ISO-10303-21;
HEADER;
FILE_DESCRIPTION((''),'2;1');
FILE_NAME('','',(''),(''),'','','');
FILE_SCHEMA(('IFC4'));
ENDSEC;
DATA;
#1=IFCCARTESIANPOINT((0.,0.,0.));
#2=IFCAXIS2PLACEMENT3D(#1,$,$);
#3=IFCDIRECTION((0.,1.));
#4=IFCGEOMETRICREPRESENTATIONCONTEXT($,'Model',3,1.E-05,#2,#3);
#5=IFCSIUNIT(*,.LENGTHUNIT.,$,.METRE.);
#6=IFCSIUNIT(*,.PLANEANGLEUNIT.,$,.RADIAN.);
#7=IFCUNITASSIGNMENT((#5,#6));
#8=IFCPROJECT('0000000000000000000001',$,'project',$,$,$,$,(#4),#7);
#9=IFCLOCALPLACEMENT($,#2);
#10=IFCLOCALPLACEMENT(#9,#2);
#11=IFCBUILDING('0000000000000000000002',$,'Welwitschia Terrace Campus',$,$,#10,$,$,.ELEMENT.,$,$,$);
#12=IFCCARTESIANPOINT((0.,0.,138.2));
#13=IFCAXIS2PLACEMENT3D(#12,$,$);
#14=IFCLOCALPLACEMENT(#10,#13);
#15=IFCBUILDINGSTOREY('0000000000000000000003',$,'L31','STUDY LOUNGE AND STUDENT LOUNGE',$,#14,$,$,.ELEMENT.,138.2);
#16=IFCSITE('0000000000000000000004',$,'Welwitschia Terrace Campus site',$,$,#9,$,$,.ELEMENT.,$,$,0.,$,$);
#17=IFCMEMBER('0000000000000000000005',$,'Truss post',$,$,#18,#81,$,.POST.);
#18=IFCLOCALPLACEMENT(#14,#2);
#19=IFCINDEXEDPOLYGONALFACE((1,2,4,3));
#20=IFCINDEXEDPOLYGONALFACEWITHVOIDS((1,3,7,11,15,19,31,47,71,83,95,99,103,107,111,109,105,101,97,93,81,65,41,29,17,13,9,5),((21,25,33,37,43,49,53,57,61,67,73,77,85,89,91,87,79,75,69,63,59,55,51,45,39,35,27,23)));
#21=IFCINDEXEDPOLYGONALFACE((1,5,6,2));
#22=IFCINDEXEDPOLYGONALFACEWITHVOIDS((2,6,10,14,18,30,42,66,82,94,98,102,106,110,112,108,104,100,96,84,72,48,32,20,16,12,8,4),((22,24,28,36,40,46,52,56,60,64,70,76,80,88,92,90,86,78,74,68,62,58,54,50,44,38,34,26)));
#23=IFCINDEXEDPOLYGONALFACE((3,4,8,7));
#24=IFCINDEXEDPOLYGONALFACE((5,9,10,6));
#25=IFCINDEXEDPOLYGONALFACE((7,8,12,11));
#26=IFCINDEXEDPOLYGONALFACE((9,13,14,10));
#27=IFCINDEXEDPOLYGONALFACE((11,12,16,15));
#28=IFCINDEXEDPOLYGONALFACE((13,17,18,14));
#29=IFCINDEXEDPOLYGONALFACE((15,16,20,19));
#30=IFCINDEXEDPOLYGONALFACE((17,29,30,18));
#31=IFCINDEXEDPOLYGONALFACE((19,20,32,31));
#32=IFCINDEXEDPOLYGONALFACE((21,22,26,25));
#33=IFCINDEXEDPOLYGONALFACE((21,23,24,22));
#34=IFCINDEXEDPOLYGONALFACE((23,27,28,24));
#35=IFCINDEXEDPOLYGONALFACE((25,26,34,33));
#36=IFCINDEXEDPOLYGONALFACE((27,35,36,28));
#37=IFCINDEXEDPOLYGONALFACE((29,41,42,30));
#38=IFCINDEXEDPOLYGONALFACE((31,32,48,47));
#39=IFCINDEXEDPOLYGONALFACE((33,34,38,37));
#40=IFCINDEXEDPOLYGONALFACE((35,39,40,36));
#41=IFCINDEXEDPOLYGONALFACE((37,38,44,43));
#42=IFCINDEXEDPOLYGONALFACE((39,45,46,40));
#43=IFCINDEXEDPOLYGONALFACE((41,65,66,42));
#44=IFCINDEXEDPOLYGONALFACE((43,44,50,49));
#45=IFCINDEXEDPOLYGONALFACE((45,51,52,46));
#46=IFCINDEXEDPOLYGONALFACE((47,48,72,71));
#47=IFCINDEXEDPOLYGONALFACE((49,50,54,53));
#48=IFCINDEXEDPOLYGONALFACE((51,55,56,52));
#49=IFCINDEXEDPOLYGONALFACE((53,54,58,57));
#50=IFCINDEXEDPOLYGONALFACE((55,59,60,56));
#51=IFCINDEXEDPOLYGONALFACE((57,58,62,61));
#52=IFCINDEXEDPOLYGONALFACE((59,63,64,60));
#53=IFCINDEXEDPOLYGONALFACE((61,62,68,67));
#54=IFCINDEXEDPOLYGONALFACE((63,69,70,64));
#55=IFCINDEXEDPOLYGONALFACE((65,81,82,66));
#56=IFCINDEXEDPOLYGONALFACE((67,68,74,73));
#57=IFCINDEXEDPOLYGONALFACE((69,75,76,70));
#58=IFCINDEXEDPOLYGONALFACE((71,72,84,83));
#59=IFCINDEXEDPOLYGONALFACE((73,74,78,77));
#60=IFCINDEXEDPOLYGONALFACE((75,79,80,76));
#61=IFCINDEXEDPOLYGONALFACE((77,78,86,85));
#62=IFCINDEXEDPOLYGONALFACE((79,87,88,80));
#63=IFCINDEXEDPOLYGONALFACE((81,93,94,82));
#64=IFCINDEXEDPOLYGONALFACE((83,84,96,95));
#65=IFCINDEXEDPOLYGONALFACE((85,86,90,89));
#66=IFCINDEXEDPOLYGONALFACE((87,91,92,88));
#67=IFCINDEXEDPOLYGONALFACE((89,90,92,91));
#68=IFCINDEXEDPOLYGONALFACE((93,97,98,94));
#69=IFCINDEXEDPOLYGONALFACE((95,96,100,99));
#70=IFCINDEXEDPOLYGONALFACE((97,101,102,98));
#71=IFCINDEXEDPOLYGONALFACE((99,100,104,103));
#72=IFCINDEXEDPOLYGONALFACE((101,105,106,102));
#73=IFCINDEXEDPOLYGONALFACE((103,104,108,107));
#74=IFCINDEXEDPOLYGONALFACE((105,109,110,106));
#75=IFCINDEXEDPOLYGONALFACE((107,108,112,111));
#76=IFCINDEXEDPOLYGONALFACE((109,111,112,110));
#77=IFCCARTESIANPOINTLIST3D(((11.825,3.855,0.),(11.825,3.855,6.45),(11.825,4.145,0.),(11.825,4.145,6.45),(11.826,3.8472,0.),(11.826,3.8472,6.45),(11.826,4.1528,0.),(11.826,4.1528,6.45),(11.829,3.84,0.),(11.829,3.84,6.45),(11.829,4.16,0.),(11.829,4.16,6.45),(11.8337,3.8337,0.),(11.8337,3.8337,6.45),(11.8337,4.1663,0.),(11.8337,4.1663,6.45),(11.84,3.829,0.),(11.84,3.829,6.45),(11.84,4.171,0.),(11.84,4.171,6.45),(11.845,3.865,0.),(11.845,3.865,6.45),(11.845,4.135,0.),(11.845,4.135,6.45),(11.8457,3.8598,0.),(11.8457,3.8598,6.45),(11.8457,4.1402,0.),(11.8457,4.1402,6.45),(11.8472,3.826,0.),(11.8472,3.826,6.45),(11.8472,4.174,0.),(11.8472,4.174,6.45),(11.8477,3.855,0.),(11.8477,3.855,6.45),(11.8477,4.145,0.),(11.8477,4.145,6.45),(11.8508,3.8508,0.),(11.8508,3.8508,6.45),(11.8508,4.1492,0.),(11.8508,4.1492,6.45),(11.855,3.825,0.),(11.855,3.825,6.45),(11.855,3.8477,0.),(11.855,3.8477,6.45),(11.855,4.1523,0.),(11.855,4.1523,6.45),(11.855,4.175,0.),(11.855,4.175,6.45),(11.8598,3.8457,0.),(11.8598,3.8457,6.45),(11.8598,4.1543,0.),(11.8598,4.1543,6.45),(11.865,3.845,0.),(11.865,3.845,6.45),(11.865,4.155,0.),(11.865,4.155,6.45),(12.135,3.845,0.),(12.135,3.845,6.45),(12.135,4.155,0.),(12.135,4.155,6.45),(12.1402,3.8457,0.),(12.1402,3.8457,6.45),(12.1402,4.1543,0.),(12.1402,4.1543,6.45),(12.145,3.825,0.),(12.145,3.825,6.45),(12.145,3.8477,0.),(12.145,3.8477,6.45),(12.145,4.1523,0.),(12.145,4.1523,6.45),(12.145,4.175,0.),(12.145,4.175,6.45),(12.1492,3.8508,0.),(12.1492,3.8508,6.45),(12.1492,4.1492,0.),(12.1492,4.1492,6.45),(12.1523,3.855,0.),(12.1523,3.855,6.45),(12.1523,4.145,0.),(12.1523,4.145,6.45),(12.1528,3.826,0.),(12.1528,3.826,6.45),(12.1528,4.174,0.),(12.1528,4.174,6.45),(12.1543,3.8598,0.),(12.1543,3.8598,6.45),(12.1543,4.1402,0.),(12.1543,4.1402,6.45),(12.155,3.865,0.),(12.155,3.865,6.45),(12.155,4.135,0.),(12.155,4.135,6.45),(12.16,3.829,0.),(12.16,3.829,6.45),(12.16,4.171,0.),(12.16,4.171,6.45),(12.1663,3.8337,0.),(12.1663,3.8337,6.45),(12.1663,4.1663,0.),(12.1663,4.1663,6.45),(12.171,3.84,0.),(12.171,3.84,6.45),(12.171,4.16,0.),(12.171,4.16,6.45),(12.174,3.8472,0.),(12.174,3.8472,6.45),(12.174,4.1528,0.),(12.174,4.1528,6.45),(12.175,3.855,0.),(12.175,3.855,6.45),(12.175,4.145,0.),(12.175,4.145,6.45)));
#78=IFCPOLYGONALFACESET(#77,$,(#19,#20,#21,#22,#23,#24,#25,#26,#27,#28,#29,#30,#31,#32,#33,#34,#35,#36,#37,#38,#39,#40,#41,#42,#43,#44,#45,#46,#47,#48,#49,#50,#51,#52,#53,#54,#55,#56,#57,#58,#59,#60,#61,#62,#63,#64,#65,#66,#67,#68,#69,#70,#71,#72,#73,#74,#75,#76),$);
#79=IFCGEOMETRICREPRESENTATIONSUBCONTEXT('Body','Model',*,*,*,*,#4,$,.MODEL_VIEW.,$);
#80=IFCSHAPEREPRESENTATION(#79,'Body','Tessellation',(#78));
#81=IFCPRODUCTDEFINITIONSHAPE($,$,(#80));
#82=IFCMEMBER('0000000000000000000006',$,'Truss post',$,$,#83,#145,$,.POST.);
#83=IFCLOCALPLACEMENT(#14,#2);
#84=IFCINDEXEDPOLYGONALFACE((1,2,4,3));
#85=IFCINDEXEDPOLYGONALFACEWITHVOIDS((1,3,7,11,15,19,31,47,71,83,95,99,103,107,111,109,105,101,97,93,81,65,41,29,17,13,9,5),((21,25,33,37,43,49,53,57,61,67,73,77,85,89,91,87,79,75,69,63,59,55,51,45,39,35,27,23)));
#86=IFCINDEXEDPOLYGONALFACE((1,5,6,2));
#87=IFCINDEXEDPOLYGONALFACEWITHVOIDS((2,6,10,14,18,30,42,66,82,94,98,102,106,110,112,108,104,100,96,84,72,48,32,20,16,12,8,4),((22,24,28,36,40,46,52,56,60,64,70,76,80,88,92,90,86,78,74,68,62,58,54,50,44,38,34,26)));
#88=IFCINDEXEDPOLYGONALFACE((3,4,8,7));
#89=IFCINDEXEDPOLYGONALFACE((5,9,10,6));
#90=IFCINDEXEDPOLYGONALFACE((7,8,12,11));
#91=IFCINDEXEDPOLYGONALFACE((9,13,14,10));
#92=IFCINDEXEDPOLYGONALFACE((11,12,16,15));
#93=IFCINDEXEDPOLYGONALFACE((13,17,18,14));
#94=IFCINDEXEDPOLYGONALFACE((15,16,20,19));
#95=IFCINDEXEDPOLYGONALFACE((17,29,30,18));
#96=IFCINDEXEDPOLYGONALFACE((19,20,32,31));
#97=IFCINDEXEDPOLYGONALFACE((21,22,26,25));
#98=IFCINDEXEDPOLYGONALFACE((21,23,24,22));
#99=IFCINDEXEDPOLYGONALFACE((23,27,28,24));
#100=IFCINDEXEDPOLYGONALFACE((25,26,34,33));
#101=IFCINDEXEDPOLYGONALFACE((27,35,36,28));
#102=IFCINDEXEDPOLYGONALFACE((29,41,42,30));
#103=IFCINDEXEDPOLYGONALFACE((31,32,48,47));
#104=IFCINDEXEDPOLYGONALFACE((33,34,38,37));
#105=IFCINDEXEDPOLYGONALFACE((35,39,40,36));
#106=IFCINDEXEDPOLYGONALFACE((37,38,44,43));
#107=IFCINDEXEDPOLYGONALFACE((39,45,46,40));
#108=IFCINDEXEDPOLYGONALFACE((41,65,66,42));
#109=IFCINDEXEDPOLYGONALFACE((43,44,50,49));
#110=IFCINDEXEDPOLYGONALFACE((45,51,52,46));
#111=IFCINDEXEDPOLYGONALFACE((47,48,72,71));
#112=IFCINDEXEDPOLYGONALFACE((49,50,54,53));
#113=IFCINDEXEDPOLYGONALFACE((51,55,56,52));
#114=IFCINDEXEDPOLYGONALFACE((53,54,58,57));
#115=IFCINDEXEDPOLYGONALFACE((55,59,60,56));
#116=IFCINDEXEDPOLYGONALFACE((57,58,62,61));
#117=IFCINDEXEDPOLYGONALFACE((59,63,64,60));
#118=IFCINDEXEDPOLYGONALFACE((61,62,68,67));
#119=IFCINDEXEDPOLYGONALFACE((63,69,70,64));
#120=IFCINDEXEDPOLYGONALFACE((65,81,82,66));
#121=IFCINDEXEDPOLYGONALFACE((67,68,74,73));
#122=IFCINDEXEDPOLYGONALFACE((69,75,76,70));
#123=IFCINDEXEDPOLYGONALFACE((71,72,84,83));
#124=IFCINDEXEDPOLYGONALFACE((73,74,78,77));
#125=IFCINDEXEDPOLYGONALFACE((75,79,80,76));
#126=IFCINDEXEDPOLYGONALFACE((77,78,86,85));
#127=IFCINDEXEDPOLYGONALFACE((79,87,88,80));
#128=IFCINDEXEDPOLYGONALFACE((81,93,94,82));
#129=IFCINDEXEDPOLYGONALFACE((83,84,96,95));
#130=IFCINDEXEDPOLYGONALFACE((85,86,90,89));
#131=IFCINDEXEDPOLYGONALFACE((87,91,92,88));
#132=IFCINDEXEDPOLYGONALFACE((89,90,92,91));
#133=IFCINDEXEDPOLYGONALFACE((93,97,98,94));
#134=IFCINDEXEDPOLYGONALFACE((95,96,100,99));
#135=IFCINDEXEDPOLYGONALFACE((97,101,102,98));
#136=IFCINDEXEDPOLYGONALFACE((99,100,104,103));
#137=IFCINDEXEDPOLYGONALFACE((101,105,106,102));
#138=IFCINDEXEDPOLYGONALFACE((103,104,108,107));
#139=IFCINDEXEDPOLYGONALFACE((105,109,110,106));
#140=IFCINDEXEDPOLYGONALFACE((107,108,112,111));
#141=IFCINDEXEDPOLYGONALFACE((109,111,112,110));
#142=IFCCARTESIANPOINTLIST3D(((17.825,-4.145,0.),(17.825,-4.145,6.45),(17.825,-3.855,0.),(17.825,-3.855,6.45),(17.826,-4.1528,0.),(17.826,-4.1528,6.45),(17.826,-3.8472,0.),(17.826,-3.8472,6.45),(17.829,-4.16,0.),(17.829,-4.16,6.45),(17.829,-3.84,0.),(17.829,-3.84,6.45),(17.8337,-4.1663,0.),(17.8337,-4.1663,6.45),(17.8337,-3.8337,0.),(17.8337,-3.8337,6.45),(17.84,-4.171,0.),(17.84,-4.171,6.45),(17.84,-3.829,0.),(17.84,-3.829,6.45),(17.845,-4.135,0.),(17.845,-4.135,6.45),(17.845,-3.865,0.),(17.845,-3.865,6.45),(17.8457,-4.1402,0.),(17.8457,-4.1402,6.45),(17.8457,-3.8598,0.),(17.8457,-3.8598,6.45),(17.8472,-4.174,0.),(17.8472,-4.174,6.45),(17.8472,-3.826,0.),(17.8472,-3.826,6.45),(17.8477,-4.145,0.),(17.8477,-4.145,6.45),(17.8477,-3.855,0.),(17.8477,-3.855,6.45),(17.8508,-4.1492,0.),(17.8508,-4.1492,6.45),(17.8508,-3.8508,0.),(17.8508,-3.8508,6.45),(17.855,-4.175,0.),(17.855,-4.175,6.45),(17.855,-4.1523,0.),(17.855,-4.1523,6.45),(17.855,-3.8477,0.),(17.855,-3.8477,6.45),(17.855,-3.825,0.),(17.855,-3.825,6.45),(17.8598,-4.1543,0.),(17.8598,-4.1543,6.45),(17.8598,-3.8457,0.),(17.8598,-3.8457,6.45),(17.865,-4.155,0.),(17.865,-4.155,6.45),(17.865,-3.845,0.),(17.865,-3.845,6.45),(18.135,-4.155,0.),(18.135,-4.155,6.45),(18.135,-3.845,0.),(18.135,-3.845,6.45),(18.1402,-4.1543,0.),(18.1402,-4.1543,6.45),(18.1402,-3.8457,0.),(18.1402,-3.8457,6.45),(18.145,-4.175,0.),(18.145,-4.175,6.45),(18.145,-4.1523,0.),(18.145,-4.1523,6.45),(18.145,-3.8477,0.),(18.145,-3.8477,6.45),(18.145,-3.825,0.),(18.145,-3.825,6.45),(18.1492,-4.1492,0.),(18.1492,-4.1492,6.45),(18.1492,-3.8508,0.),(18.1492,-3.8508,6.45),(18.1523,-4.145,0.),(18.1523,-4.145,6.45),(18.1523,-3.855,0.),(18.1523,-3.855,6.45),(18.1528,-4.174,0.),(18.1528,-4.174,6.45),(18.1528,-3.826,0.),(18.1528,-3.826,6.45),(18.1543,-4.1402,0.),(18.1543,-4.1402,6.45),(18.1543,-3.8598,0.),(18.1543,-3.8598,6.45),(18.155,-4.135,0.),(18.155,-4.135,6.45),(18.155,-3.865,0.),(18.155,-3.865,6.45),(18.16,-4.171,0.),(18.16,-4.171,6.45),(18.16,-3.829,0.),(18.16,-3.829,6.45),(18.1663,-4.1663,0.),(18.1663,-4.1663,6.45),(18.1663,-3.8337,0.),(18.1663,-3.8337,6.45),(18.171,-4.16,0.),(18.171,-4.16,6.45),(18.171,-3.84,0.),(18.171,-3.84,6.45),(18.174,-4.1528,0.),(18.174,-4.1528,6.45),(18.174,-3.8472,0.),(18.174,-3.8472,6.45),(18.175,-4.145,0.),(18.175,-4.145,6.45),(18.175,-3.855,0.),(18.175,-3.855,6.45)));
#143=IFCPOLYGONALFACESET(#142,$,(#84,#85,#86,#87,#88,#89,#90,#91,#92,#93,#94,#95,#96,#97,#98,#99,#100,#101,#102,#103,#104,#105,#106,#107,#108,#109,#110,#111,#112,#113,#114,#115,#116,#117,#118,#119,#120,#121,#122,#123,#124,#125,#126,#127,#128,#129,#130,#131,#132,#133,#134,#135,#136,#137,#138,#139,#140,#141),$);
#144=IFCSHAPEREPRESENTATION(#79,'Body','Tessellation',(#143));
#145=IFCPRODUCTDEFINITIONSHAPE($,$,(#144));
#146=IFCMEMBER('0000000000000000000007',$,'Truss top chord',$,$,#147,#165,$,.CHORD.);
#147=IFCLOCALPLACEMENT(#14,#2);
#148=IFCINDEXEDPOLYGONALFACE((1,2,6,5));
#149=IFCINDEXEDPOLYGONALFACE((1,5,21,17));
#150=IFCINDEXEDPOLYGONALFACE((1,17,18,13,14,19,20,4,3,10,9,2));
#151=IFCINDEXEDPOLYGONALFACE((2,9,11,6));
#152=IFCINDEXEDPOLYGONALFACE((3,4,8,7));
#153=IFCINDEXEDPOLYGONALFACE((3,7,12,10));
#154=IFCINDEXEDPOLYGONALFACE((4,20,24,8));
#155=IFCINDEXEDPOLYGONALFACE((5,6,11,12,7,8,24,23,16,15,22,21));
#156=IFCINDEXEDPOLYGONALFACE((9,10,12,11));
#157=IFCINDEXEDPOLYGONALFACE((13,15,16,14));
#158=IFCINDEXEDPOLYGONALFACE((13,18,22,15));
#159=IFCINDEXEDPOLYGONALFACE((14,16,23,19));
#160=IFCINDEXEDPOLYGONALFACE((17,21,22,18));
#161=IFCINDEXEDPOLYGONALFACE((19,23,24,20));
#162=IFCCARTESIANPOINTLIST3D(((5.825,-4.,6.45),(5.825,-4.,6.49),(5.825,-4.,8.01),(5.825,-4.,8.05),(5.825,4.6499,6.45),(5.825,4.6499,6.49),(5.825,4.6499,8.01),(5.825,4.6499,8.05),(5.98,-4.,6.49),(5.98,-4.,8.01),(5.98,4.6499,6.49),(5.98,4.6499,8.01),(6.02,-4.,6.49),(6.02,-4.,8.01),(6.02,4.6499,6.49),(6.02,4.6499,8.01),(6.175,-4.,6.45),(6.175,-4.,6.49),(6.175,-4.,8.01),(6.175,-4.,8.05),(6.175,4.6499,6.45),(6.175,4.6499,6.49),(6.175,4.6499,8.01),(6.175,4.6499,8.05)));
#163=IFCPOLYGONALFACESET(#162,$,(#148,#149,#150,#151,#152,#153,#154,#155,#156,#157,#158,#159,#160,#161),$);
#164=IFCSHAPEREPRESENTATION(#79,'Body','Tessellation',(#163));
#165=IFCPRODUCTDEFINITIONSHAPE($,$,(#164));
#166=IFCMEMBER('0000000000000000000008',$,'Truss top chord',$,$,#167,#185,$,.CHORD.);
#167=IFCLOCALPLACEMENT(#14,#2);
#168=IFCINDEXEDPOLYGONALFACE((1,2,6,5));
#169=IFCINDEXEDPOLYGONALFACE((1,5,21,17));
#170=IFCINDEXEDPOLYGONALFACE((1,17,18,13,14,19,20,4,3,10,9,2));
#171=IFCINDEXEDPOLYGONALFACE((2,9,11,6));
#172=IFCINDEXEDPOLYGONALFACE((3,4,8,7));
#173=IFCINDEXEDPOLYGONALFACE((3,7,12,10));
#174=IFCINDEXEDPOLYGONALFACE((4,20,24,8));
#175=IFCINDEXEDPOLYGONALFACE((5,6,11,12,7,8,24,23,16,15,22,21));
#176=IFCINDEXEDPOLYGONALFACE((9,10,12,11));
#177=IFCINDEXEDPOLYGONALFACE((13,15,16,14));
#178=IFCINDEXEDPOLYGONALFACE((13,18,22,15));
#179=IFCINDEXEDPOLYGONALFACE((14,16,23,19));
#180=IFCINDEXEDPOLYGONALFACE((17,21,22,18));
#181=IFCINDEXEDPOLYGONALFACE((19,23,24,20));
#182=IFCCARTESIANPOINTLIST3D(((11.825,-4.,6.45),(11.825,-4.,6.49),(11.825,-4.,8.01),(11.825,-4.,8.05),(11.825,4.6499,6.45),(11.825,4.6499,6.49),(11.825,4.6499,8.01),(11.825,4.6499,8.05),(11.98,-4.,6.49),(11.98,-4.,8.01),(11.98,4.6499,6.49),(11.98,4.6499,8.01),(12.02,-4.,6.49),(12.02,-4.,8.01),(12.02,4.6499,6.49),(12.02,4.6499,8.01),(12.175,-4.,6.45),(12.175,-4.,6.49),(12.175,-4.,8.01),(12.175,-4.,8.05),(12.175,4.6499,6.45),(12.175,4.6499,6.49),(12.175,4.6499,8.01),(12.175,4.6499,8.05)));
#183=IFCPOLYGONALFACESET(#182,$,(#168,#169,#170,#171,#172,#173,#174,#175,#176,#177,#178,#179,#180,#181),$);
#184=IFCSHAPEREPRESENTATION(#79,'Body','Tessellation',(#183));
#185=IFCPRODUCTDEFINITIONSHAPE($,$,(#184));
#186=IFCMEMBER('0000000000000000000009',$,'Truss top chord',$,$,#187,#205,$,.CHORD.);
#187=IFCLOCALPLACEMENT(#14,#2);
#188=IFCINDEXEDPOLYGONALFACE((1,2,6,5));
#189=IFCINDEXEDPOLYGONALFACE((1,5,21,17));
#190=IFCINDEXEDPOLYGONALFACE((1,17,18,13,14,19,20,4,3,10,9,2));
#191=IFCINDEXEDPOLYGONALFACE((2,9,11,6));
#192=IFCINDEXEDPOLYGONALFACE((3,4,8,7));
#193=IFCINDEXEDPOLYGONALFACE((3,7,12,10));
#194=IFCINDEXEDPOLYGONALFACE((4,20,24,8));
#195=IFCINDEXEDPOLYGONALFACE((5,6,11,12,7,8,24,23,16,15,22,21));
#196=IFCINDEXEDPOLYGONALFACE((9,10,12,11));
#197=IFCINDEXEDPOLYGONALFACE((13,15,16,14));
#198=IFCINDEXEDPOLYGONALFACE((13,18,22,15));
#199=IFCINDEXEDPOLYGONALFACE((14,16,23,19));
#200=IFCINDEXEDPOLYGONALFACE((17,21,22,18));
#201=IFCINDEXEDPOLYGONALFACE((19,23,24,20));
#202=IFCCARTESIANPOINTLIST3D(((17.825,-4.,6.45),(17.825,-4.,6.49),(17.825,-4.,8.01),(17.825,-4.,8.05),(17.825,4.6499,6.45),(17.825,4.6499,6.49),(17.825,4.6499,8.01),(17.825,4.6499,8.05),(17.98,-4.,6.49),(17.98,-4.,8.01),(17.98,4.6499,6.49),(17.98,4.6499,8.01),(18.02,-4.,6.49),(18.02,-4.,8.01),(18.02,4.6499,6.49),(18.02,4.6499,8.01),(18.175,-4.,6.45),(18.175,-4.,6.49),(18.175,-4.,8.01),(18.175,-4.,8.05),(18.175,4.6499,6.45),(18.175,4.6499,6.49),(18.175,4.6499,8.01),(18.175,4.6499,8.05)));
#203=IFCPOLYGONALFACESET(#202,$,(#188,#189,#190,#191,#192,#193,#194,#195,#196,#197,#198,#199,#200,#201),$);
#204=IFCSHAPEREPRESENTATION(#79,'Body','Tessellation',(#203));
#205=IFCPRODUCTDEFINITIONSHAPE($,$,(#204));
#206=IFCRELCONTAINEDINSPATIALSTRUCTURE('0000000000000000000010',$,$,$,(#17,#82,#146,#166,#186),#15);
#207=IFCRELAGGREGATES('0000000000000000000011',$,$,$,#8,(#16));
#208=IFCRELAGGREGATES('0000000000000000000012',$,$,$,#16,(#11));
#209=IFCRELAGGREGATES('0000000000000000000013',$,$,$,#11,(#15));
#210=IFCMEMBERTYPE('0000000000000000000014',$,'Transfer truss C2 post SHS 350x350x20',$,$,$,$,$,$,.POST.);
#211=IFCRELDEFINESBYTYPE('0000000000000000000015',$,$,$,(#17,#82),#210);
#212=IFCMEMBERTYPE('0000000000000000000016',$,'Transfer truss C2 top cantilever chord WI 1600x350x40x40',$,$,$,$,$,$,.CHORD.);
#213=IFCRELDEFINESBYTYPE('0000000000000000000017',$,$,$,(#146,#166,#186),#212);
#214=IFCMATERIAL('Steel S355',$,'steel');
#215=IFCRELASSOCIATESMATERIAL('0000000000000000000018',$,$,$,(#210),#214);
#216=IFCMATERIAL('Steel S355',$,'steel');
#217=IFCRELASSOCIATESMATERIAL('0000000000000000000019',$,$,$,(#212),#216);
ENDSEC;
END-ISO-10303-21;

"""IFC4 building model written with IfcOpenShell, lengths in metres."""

from ifc_helpers import new_model, si_unit, direction, frame, origin, origin_2d, place, context, subcontext, project, spatial, hollow_rectangle, i_section, extrude, material, material_profile, profile_set, type_object, element, save


model = new_model("IFC4")

# Units and contexts
model_context = context("Model", 3, precision=1e-05, world=origin(), true_north=direction((0.0, 1.0)))
body_context = subcontext(model_context, "Body", "Model", "MODEL_VIEW")
ifc_project = project(units=[si_unit("LENGTHUNIT", "METRE"), si_unit("PLANEANGLEUNIT", "RADIAN")], contexts=[model_context])

# Site, building, storey
site_placement = place(None, origin())
site = spatial("IfcSite", under=ifc_project, at=site_placement, Name="Welwitschia Terrace Campus site", CompositionType="ELEMENT", RefElevation=0.0)
building_placement = place(site_placement, origin())
building = spatial("IfcBuilding", under=site, at=building_placement, Name="Welwitschia Terrace Campus", CompositionType="ELEMENT")
storey_placement = place(building_placement, frame((0.0, 0.0, 138.2)))
storey = spatial("IfcBuildingStorey", under=building, at=storey_placement, Name="L31", Description="STUDY LOUNGE AND STUDENT LOUNGE", CompositionType="ELEMENT", Elevation=138.2)

# Members
ifc_material_1 = material(Name="Steel S355", Category="steel")
ifc_material_profile_1 = material_profile(ifc_material_1, hollow_rectangle(XDim=0.3501, YDim=0.3501, WallThickness=0.02, InnerFilletRadius=0.02, OuterFilletRadius=0.03, at=origin_2d()))
ifc_profile_set_1 = profile_set([ifc_material_profile_1], Name="Steel S355")
member_type_1 = type_object("IfcMemberType", Name="Transfer truss C2 post SHS 350x350x20", PredefinedType="POST", material=ifc_profile_set_1)
for number, where, z_axis, x_axis, name in (
    (1, (12.0, 4.0, 0.0), (0.0, 0.0, 1.0), (1.0, 0.0, 0.0), "Truss post"),
    (2, (18.0, -4.0, 0.0), (0.0, 0.0, 1.0), (1.0, 0.0, 0.0), "Truss post"),
):
    element("IfcMember", number, at=place(storey_placement, frame(where, z_axis=z_axis, x_axis=x_axis)), inside=storey, type_object=member_type_1, Name=name, PredefinedType="POST", context=body_context, shape_type="SweptSolid", body=[
        extrude(hollow_rectangle(XDim=0.3501, YDim=0.3501, WallThickness=0.02, InnerFilletRadius=0.02, OuterFilletRadius=0.03, at=origin_2d()), origin(), (0.0, 0.0, 1.0), 6.45),
    ])
ifc_material_2 = material(Name="Steel S355", Category="steel")
ifc_material_profile_2 = material_profile(ifc_material_2, i_section(OverallWidth=0.3501, OverallDepth=1.6001, WebThickness=0.04, FlangeThickness=0.04, at=origin_2d()))
ifc_profile_set_2 = profile_set([ifc_material_profile_2], Name="Steel S355")
member_type_2 = type_object("IfcMemberType", Name="Transfer truss C2 top cantilever chord WI 1600x350x40x40", PredefinedType="CHORD", material=ifc_profile_set_2)
for number, where, z_axis, x_axis, name in (
    (3, (6.0, -4.0, 7.25), (0.0, 1.0, 0.0), (-1.0, 0.0, 0.0), "Truss top chord"),
    (4, (12.0, -4.0, 7.25), (0.0, 1.0, 0.0), (-1.0, 0.0, 0.0), "Truss top chord"),
    (5, (18.0, -4.0, 7.25), (0.0, 1.0, 0.0), (-1.0, 0.0, 0.0), "Truss top chord"),
):
    element("IfcMember", number, at=place(storey_placement, frame(where, z_axis=z_axis, x_axis=x_axis)), inside=storey, type_object=member_type_2, Name=name, PredefinedType="CHORD", context=body_context, shape_type="SweptSolid", body=[
        extrude(i_section(OverallWidth=0.3501, OverallDepth=1.6001, WebThickness=0.04, FlangeThickness=0.04, at=origin_2d()), origin(), (0.0, 0.0, 1.0), 8.6499),
    ])

save(model, "model.ifc")
